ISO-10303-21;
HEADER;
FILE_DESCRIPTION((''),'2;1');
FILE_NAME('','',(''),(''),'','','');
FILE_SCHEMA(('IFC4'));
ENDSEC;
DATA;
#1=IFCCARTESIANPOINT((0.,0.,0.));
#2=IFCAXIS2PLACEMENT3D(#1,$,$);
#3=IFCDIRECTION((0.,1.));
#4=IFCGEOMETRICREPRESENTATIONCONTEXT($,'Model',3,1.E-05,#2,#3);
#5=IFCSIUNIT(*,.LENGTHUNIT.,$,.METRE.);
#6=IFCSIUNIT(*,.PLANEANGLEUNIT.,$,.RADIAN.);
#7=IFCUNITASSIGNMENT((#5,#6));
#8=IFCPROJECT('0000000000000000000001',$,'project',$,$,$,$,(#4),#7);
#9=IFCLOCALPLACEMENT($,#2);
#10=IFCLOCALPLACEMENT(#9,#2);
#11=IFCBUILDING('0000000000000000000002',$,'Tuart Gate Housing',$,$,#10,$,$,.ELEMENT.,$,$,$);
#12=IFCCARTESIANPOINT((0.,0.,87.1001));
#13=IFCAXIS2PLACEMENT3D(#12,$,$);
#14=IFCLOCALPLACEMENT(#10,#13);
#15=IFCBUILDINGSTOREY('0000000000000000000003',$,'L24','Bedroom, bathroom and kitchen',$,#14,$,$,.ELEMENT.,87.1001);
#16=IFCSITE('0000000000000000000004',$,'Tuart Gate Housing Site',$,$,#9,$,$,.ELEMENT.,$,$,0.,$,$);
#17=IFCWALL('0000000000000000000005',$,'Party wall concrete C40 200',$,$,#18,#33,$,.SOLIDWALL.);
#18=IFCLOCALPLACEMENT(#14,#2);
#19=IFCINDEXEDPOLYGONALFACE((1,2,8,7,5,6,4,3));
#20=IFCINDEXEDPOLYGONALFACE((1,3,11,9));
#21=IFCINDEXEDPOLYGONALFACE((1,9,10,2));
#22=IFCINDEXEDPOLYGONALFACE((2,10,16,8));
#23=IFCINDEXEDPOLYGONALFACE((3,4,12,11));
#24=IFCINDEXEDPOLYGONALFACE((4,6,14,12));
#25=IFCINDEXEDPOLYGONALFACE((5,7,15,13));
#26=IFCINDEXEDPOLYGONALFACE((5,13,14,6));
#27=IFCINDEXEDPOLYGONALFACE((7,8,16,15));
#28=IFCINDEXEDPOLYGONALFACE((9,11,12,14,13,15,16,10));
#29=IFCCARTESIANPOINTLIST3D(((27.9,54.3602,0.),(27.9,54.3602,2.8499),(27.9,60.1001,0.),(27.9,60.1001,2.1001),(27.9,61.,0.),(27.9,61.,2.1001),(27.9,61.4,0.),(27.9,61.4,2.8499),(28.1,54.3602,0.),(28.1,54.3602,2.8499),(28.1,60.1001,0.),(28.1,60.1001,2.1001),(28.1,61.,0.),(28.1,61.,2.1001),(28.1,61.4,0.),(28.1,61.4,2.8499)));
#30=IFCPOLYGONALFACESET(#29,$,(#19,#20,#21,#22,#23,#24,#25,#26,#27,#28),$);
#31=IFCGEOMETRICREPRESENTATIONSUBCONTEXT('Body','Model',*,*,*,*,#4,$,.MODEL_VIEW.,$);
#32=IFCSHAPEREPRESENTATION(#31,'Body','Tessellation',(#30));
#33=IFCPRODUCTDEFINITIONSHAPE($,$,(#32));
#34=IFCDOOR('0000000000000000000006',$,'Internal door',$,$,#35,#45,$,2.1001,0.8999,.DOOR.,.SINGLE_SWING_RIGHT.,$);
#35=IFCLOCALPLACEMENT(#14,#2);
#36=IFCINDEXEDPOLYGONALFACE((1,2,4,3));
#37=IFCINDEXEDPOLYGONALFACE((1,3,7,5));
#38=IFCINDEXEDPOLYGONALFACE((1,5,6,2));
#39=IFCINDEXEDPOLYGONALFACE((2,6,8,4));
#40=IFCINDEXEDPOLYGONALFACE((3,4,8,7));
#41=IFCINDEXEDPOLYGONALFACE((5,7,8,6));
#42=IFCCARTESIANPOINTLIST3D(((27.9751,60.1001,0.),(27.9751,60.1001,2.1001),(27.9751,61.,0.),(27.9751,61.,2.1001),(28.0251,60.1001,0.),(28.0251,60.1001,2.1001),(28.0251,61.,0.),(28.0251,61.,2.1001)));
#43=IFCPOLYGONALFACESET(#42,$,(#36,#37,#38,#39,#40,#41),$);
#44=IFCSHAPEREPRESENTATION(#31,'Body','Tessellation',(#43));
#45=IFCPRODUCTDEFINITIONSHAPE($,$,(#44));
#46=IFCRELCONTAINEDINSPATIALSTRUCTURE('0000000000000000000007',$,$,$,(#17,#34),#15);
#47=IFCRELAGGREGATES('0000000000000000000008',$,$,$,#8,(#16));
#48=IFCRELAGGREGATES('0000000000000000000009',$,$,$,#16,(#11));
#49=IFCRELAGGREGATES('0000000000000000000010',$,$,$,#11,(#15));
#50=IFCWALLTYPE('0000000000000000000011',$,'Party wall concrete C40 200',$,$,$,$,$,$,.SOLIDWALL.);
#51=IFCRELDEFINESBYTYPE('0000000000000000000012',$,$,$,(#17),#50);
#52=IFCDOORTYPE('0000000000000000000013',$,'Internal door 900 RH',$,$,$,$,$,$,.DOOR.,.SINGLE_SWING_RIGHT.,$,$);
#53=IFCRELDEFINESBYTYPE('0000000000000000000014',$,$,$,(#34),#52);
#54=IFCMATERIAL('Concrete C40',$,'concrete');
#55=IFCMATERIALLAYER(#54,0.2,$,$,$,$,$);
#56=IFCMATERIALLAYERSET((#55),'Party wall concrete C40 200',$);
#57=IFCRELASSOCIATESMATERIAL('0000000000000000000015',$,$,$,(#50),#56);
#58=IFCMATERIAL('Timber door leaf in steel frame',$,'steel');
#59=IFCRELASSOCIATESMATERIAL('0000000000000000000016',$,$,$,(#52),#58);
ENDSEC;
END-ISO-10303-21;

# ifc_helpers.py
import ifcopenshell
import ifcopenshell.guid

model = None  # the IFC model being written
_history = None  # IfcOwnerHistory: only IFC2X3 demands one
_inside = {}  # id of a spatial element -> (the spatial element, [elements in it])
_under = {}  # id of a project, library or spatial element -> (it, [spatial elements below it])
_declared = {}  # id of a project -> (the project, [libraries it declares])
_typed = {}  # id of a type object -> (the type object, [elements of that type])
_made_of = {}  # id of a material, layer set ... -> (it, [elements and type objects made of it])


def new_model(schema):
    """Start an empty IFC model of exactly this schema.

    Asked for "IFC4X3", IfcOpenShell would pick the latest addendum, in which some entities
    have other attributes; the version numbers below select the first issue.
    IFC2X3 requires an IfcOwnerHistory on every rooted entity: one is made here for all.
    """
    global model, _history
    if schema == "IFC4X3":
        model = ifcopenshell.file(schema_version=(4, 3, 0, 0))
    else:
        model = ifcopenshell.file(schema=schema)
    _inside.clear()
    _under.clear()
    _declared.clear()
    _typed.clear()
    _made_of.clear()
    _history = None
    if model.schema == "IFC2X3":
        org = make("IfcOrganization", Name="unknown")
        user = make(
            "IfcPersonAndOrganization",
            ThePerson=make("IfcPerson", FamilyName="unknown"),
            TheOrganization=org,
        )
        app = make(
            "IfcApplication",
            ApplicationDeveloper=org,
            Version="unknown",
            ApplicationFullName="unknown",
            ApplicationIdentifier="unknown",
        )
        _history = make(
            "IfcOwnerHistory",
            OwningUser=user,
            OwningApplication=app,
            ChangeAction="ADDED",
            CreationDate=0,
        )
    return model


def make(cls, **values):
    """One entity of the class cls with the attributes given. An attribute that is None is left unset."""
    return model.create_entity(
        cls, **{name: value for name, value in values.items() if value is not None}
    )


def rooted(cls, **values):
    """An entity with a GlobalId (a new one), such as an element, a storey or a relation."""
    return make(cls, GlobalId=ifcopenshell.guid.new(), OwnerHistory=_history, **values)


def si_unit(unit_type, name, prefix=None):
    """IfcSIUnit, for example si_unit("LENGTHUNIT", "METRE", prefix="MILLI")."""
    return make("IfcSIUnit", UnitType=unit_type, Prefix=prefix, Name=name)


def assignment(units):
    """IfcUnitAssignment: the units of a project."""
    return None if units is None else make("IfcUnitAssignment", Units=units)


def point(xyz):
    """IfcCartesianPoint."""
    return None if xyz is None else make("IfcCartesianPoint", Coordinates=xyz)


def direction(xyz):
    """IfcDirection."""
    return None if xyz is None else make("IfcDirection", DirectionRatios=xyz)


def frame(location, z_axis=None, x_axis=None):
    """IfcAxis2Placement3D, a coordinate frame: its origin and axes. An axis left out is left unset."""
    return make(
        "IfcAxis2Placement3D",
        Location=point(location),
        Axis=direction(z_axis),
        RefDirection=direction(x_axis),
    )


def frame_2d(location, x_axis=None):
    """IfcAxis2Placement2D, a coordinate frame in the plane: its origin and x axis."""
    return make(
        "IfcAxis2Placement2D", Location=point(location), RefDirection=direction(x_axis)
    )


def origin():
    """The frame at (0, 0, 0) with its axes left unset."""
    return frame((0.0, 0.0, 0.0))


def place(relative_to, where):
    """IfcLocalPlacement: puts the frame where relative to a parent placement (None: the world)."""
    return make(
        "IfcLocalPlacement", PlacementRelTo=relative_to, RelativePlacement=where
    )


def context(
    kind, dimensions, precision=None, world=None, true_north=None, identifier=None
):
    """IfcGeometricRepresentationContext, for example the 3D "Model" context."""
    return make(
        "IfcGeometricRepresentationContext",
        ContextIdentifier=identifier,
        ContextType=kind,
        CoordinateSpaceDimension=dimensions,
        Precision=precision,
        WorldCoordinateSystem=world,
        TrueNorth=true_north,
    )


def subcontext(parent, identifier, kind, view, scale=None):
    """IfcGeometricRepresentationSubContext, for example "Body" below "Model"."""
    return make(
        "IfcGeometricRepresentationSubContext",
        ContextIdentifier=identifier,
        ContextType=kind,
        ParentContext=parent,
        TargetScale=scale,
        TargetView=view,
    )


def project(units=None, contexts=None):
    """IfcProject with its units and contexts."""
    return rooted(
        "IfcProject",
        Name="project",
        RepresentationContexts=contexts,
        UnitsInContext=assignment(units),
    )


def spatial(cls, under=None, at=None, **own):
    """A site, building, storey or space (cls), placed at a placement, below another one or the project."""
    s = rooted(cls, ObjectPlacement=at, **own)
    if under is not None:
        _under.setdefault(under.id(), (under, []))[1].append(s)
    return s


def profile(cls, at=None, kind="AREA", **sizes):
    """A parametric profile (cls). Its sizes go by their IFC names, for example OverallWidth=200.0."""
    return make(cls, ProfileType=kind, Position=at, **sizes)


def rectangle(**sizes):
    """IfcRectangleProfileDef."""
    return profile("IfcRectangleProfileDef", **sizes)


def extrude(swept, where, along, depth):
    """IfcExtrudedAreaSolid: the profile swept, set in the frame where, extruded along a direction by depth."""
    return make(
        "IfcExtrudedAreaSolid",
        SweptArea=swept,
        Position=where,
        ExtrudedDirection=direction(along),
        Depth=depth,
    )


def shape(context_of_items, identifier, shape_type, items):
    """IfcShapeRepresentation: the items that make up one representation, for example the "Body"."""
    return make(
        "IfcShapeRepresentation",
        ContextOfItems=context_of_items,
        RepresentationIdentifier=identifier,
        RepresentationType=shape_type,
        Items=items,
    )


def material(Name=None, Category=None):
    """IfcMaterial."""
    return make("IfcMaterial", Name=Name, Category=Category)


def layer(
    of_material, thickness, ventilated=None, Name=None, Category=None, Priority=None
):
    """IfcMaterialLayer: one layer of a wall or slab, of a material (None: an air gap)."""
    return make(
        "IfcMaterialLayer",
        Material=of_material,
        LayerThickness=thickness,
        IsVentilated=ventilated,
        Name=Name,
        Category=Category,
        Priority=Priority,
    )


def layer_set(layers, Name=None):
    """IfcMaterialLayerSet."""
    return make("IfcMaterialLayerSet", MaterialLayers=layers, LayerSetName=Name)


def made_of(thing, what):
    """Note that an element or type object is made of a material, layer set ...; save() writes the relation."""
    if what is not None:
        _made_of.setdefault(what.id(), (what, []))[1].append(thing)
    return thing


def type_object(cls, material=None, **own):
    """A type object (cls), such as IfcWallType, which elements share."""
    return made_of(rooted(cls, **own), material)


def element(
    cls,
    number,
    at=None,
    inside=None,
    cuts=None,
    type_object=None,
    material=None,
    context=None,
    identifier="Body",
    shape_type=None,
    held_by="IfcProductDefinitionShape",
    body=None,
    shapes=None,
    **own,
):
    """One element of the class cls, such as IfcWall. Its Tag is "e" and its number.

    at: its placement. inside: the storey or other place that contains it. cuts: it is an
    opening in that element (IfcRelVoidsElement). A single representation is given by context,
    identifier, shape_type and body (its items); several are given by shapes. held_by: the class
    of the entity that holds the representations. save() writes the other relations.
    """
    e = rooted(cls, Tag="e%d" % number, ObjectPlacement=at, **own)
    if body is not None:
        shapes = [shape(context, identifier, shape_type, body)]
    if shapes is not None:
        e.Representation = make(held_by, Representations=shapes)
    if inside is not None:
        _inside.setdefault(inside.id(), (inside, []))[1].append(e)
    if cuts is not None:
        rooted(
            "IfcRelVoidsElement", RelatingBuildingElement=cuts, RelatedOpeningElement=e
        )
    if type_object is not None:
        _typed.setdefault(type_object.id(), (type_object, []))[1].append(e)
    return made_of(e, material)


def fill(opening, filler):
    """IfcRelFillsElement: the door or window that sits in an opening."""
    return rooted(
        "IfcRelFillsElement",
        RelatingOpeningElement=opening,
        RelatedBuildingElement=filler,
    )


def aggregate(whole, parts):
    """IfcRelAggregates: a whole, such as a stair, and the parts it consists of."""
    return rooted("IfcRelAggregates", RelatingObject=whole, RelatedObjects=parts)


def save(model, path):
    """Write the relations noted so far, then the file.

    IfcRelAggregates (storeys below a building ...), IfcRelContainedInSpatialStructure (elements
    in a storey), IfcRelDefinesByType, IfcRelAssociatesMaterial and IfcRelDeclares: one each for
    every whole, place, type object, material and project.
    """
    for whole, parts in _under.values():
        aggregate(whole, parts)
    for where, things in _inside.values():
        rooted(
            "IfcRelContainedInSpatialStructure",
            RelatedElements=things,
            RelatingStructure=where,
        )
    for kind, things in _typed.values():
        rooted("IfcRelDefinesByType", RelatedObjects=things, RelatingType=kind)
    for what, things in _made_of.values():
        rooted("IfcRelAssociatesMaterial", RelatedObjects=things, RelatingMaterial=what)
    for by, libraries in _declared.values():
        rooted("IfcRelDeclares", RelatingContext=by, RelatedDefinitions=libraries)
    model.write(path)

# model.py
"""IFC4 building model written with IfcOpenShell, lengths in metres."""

from ifc_helpers import new_model, si_unit, direction, frame, frame_2d, origin, place, context, subcontext, project, spatial, rectangle, extrude, material, layer, layer_set, type_object, element, fill, save


model = new_model("IFC4")

# Units and contexts
model_context = context("Model", 3, precision=1e-05, world=origin(), true_north=direction((0.0, 1.0)))
body_context = subcontext(model_context, "Body", "Model", "MODEL_VIEW")
ifc_project = project(units=[si_unit("LENGTHUNIT", "METRE"), si_unit("PLANEANGLEUNIT", "RADIAN")], contexts=[model_context])

# Site, building, storey
site_placement = place(None, origin())
site = spatial("IfcSite", under=ifc_project, at=site_placement, Name="Tuart Gate Housing Site", CompositionType="ELEMENT", RefElevation=0.0)
building_placement = place(site_placement, origin())
building = spatial("IfcBuilding", under=site, at=building_placement, Name="Tuart Gate Housing", CompositionType="ELEMENT")
storey_placement = place(building_placement, frame((0.0, 0.0, 87.1001)))
storey = spatial("IfcBuildingStorey", under=building, at=storey_placement, Name="L24", Description="Bedroom, bathroom and kitchen", CompositionType="ELEMENT", Elevation=87.1001)

# Wall, opening, door
ifc_material_1 = material(Name="Concrete C40", Category="concrete")
ifc_layer_1 = layer(ifc_material_1, 0.2)
ifc_layer_set_1 = layer_set([ifc_layer_1], Name="Party wall concrete C40 200")
wall_type_1 = type_object("IfcWallType", Name="Party wall concrete C40 200", PredefinedType="SOLIDWALL", material=ifc_layer_set_1)
wall_1_placement = place(storey_placement, frame((28.0, 54.3601, 0.0), z_axis=(0.0, 0.0, 1.0), x_axis=(0.0, 1.0, 0.0)))
wall_1 = element("IfcWall", 1, at=wall_1_placement, inside=storey, type_object=wall_type_1, Name="Party wall concrete C40 200", PredefinedType="SOLIDWALL", context=body_context, shape_type="SweptSolid", body=[
    extrude(rectangle(XDim=7.0398, YDim=0.2, at=frame_2d((3.52, 0.0))), origin(), (0.0, 0.0, 1.0), 2.8499),
])
opening_1_placement = place(wall_1_placement, frame((5.74, 0.0, 0.0)))
opening_1 = element("IfcOpeningElement", 2, at=opening_1_placement, cuts=wall_1, PredefinedType="OPENING", context=body_context, shape_type="SweptSolid", body=[
    extrude(rectangle(XDim=0.8999, YDim=2.1001, at=frame_2d((0.45, 1.05))), frame((0.0, 0.1099, 0.0), z_axis=(0.0, -1.0, 0.0), x_axis=(1.0, 0.0, 0.0)), (0.0, 0.0, 1.0), 0.22),
])
ifc_material_2 = material(Name="Timber door leaf in steel frame", Category="steel")
door_type = type_object("IfcDoorType", Name="Internal door 900 RH", OperationType="SINGLE_SWING_RIGHT", PredefinedType="DOOR", material=ifc_material_2)
door_placement = place(opening_1_placement, origin())
door = element("IfcDoor", 3, at=door_placement, inside=storey, type_object=door_type, Name="Internal door", OperationType="SINGLE_SWING_RIGHT", OverallHeight=2.1001, OverallWidth=0.8999, PredefinedType="DOOR", context=body_context, shape_type="SweptSolid", body=[
    extrude(rectangle(XDim=0.8999, YDim=2.1001, at=frame_2d((0.45, 1.05))), frame((0.0, 0.0249, 0.0), z_axis=(0.0, -1.0, 0.0), x_axis=(1.0, 0.0, 0.0)), (0.0, 0.0, 1.0), 0.05),
])
fill(opening_1, door)

save(model, "model.ifc")
